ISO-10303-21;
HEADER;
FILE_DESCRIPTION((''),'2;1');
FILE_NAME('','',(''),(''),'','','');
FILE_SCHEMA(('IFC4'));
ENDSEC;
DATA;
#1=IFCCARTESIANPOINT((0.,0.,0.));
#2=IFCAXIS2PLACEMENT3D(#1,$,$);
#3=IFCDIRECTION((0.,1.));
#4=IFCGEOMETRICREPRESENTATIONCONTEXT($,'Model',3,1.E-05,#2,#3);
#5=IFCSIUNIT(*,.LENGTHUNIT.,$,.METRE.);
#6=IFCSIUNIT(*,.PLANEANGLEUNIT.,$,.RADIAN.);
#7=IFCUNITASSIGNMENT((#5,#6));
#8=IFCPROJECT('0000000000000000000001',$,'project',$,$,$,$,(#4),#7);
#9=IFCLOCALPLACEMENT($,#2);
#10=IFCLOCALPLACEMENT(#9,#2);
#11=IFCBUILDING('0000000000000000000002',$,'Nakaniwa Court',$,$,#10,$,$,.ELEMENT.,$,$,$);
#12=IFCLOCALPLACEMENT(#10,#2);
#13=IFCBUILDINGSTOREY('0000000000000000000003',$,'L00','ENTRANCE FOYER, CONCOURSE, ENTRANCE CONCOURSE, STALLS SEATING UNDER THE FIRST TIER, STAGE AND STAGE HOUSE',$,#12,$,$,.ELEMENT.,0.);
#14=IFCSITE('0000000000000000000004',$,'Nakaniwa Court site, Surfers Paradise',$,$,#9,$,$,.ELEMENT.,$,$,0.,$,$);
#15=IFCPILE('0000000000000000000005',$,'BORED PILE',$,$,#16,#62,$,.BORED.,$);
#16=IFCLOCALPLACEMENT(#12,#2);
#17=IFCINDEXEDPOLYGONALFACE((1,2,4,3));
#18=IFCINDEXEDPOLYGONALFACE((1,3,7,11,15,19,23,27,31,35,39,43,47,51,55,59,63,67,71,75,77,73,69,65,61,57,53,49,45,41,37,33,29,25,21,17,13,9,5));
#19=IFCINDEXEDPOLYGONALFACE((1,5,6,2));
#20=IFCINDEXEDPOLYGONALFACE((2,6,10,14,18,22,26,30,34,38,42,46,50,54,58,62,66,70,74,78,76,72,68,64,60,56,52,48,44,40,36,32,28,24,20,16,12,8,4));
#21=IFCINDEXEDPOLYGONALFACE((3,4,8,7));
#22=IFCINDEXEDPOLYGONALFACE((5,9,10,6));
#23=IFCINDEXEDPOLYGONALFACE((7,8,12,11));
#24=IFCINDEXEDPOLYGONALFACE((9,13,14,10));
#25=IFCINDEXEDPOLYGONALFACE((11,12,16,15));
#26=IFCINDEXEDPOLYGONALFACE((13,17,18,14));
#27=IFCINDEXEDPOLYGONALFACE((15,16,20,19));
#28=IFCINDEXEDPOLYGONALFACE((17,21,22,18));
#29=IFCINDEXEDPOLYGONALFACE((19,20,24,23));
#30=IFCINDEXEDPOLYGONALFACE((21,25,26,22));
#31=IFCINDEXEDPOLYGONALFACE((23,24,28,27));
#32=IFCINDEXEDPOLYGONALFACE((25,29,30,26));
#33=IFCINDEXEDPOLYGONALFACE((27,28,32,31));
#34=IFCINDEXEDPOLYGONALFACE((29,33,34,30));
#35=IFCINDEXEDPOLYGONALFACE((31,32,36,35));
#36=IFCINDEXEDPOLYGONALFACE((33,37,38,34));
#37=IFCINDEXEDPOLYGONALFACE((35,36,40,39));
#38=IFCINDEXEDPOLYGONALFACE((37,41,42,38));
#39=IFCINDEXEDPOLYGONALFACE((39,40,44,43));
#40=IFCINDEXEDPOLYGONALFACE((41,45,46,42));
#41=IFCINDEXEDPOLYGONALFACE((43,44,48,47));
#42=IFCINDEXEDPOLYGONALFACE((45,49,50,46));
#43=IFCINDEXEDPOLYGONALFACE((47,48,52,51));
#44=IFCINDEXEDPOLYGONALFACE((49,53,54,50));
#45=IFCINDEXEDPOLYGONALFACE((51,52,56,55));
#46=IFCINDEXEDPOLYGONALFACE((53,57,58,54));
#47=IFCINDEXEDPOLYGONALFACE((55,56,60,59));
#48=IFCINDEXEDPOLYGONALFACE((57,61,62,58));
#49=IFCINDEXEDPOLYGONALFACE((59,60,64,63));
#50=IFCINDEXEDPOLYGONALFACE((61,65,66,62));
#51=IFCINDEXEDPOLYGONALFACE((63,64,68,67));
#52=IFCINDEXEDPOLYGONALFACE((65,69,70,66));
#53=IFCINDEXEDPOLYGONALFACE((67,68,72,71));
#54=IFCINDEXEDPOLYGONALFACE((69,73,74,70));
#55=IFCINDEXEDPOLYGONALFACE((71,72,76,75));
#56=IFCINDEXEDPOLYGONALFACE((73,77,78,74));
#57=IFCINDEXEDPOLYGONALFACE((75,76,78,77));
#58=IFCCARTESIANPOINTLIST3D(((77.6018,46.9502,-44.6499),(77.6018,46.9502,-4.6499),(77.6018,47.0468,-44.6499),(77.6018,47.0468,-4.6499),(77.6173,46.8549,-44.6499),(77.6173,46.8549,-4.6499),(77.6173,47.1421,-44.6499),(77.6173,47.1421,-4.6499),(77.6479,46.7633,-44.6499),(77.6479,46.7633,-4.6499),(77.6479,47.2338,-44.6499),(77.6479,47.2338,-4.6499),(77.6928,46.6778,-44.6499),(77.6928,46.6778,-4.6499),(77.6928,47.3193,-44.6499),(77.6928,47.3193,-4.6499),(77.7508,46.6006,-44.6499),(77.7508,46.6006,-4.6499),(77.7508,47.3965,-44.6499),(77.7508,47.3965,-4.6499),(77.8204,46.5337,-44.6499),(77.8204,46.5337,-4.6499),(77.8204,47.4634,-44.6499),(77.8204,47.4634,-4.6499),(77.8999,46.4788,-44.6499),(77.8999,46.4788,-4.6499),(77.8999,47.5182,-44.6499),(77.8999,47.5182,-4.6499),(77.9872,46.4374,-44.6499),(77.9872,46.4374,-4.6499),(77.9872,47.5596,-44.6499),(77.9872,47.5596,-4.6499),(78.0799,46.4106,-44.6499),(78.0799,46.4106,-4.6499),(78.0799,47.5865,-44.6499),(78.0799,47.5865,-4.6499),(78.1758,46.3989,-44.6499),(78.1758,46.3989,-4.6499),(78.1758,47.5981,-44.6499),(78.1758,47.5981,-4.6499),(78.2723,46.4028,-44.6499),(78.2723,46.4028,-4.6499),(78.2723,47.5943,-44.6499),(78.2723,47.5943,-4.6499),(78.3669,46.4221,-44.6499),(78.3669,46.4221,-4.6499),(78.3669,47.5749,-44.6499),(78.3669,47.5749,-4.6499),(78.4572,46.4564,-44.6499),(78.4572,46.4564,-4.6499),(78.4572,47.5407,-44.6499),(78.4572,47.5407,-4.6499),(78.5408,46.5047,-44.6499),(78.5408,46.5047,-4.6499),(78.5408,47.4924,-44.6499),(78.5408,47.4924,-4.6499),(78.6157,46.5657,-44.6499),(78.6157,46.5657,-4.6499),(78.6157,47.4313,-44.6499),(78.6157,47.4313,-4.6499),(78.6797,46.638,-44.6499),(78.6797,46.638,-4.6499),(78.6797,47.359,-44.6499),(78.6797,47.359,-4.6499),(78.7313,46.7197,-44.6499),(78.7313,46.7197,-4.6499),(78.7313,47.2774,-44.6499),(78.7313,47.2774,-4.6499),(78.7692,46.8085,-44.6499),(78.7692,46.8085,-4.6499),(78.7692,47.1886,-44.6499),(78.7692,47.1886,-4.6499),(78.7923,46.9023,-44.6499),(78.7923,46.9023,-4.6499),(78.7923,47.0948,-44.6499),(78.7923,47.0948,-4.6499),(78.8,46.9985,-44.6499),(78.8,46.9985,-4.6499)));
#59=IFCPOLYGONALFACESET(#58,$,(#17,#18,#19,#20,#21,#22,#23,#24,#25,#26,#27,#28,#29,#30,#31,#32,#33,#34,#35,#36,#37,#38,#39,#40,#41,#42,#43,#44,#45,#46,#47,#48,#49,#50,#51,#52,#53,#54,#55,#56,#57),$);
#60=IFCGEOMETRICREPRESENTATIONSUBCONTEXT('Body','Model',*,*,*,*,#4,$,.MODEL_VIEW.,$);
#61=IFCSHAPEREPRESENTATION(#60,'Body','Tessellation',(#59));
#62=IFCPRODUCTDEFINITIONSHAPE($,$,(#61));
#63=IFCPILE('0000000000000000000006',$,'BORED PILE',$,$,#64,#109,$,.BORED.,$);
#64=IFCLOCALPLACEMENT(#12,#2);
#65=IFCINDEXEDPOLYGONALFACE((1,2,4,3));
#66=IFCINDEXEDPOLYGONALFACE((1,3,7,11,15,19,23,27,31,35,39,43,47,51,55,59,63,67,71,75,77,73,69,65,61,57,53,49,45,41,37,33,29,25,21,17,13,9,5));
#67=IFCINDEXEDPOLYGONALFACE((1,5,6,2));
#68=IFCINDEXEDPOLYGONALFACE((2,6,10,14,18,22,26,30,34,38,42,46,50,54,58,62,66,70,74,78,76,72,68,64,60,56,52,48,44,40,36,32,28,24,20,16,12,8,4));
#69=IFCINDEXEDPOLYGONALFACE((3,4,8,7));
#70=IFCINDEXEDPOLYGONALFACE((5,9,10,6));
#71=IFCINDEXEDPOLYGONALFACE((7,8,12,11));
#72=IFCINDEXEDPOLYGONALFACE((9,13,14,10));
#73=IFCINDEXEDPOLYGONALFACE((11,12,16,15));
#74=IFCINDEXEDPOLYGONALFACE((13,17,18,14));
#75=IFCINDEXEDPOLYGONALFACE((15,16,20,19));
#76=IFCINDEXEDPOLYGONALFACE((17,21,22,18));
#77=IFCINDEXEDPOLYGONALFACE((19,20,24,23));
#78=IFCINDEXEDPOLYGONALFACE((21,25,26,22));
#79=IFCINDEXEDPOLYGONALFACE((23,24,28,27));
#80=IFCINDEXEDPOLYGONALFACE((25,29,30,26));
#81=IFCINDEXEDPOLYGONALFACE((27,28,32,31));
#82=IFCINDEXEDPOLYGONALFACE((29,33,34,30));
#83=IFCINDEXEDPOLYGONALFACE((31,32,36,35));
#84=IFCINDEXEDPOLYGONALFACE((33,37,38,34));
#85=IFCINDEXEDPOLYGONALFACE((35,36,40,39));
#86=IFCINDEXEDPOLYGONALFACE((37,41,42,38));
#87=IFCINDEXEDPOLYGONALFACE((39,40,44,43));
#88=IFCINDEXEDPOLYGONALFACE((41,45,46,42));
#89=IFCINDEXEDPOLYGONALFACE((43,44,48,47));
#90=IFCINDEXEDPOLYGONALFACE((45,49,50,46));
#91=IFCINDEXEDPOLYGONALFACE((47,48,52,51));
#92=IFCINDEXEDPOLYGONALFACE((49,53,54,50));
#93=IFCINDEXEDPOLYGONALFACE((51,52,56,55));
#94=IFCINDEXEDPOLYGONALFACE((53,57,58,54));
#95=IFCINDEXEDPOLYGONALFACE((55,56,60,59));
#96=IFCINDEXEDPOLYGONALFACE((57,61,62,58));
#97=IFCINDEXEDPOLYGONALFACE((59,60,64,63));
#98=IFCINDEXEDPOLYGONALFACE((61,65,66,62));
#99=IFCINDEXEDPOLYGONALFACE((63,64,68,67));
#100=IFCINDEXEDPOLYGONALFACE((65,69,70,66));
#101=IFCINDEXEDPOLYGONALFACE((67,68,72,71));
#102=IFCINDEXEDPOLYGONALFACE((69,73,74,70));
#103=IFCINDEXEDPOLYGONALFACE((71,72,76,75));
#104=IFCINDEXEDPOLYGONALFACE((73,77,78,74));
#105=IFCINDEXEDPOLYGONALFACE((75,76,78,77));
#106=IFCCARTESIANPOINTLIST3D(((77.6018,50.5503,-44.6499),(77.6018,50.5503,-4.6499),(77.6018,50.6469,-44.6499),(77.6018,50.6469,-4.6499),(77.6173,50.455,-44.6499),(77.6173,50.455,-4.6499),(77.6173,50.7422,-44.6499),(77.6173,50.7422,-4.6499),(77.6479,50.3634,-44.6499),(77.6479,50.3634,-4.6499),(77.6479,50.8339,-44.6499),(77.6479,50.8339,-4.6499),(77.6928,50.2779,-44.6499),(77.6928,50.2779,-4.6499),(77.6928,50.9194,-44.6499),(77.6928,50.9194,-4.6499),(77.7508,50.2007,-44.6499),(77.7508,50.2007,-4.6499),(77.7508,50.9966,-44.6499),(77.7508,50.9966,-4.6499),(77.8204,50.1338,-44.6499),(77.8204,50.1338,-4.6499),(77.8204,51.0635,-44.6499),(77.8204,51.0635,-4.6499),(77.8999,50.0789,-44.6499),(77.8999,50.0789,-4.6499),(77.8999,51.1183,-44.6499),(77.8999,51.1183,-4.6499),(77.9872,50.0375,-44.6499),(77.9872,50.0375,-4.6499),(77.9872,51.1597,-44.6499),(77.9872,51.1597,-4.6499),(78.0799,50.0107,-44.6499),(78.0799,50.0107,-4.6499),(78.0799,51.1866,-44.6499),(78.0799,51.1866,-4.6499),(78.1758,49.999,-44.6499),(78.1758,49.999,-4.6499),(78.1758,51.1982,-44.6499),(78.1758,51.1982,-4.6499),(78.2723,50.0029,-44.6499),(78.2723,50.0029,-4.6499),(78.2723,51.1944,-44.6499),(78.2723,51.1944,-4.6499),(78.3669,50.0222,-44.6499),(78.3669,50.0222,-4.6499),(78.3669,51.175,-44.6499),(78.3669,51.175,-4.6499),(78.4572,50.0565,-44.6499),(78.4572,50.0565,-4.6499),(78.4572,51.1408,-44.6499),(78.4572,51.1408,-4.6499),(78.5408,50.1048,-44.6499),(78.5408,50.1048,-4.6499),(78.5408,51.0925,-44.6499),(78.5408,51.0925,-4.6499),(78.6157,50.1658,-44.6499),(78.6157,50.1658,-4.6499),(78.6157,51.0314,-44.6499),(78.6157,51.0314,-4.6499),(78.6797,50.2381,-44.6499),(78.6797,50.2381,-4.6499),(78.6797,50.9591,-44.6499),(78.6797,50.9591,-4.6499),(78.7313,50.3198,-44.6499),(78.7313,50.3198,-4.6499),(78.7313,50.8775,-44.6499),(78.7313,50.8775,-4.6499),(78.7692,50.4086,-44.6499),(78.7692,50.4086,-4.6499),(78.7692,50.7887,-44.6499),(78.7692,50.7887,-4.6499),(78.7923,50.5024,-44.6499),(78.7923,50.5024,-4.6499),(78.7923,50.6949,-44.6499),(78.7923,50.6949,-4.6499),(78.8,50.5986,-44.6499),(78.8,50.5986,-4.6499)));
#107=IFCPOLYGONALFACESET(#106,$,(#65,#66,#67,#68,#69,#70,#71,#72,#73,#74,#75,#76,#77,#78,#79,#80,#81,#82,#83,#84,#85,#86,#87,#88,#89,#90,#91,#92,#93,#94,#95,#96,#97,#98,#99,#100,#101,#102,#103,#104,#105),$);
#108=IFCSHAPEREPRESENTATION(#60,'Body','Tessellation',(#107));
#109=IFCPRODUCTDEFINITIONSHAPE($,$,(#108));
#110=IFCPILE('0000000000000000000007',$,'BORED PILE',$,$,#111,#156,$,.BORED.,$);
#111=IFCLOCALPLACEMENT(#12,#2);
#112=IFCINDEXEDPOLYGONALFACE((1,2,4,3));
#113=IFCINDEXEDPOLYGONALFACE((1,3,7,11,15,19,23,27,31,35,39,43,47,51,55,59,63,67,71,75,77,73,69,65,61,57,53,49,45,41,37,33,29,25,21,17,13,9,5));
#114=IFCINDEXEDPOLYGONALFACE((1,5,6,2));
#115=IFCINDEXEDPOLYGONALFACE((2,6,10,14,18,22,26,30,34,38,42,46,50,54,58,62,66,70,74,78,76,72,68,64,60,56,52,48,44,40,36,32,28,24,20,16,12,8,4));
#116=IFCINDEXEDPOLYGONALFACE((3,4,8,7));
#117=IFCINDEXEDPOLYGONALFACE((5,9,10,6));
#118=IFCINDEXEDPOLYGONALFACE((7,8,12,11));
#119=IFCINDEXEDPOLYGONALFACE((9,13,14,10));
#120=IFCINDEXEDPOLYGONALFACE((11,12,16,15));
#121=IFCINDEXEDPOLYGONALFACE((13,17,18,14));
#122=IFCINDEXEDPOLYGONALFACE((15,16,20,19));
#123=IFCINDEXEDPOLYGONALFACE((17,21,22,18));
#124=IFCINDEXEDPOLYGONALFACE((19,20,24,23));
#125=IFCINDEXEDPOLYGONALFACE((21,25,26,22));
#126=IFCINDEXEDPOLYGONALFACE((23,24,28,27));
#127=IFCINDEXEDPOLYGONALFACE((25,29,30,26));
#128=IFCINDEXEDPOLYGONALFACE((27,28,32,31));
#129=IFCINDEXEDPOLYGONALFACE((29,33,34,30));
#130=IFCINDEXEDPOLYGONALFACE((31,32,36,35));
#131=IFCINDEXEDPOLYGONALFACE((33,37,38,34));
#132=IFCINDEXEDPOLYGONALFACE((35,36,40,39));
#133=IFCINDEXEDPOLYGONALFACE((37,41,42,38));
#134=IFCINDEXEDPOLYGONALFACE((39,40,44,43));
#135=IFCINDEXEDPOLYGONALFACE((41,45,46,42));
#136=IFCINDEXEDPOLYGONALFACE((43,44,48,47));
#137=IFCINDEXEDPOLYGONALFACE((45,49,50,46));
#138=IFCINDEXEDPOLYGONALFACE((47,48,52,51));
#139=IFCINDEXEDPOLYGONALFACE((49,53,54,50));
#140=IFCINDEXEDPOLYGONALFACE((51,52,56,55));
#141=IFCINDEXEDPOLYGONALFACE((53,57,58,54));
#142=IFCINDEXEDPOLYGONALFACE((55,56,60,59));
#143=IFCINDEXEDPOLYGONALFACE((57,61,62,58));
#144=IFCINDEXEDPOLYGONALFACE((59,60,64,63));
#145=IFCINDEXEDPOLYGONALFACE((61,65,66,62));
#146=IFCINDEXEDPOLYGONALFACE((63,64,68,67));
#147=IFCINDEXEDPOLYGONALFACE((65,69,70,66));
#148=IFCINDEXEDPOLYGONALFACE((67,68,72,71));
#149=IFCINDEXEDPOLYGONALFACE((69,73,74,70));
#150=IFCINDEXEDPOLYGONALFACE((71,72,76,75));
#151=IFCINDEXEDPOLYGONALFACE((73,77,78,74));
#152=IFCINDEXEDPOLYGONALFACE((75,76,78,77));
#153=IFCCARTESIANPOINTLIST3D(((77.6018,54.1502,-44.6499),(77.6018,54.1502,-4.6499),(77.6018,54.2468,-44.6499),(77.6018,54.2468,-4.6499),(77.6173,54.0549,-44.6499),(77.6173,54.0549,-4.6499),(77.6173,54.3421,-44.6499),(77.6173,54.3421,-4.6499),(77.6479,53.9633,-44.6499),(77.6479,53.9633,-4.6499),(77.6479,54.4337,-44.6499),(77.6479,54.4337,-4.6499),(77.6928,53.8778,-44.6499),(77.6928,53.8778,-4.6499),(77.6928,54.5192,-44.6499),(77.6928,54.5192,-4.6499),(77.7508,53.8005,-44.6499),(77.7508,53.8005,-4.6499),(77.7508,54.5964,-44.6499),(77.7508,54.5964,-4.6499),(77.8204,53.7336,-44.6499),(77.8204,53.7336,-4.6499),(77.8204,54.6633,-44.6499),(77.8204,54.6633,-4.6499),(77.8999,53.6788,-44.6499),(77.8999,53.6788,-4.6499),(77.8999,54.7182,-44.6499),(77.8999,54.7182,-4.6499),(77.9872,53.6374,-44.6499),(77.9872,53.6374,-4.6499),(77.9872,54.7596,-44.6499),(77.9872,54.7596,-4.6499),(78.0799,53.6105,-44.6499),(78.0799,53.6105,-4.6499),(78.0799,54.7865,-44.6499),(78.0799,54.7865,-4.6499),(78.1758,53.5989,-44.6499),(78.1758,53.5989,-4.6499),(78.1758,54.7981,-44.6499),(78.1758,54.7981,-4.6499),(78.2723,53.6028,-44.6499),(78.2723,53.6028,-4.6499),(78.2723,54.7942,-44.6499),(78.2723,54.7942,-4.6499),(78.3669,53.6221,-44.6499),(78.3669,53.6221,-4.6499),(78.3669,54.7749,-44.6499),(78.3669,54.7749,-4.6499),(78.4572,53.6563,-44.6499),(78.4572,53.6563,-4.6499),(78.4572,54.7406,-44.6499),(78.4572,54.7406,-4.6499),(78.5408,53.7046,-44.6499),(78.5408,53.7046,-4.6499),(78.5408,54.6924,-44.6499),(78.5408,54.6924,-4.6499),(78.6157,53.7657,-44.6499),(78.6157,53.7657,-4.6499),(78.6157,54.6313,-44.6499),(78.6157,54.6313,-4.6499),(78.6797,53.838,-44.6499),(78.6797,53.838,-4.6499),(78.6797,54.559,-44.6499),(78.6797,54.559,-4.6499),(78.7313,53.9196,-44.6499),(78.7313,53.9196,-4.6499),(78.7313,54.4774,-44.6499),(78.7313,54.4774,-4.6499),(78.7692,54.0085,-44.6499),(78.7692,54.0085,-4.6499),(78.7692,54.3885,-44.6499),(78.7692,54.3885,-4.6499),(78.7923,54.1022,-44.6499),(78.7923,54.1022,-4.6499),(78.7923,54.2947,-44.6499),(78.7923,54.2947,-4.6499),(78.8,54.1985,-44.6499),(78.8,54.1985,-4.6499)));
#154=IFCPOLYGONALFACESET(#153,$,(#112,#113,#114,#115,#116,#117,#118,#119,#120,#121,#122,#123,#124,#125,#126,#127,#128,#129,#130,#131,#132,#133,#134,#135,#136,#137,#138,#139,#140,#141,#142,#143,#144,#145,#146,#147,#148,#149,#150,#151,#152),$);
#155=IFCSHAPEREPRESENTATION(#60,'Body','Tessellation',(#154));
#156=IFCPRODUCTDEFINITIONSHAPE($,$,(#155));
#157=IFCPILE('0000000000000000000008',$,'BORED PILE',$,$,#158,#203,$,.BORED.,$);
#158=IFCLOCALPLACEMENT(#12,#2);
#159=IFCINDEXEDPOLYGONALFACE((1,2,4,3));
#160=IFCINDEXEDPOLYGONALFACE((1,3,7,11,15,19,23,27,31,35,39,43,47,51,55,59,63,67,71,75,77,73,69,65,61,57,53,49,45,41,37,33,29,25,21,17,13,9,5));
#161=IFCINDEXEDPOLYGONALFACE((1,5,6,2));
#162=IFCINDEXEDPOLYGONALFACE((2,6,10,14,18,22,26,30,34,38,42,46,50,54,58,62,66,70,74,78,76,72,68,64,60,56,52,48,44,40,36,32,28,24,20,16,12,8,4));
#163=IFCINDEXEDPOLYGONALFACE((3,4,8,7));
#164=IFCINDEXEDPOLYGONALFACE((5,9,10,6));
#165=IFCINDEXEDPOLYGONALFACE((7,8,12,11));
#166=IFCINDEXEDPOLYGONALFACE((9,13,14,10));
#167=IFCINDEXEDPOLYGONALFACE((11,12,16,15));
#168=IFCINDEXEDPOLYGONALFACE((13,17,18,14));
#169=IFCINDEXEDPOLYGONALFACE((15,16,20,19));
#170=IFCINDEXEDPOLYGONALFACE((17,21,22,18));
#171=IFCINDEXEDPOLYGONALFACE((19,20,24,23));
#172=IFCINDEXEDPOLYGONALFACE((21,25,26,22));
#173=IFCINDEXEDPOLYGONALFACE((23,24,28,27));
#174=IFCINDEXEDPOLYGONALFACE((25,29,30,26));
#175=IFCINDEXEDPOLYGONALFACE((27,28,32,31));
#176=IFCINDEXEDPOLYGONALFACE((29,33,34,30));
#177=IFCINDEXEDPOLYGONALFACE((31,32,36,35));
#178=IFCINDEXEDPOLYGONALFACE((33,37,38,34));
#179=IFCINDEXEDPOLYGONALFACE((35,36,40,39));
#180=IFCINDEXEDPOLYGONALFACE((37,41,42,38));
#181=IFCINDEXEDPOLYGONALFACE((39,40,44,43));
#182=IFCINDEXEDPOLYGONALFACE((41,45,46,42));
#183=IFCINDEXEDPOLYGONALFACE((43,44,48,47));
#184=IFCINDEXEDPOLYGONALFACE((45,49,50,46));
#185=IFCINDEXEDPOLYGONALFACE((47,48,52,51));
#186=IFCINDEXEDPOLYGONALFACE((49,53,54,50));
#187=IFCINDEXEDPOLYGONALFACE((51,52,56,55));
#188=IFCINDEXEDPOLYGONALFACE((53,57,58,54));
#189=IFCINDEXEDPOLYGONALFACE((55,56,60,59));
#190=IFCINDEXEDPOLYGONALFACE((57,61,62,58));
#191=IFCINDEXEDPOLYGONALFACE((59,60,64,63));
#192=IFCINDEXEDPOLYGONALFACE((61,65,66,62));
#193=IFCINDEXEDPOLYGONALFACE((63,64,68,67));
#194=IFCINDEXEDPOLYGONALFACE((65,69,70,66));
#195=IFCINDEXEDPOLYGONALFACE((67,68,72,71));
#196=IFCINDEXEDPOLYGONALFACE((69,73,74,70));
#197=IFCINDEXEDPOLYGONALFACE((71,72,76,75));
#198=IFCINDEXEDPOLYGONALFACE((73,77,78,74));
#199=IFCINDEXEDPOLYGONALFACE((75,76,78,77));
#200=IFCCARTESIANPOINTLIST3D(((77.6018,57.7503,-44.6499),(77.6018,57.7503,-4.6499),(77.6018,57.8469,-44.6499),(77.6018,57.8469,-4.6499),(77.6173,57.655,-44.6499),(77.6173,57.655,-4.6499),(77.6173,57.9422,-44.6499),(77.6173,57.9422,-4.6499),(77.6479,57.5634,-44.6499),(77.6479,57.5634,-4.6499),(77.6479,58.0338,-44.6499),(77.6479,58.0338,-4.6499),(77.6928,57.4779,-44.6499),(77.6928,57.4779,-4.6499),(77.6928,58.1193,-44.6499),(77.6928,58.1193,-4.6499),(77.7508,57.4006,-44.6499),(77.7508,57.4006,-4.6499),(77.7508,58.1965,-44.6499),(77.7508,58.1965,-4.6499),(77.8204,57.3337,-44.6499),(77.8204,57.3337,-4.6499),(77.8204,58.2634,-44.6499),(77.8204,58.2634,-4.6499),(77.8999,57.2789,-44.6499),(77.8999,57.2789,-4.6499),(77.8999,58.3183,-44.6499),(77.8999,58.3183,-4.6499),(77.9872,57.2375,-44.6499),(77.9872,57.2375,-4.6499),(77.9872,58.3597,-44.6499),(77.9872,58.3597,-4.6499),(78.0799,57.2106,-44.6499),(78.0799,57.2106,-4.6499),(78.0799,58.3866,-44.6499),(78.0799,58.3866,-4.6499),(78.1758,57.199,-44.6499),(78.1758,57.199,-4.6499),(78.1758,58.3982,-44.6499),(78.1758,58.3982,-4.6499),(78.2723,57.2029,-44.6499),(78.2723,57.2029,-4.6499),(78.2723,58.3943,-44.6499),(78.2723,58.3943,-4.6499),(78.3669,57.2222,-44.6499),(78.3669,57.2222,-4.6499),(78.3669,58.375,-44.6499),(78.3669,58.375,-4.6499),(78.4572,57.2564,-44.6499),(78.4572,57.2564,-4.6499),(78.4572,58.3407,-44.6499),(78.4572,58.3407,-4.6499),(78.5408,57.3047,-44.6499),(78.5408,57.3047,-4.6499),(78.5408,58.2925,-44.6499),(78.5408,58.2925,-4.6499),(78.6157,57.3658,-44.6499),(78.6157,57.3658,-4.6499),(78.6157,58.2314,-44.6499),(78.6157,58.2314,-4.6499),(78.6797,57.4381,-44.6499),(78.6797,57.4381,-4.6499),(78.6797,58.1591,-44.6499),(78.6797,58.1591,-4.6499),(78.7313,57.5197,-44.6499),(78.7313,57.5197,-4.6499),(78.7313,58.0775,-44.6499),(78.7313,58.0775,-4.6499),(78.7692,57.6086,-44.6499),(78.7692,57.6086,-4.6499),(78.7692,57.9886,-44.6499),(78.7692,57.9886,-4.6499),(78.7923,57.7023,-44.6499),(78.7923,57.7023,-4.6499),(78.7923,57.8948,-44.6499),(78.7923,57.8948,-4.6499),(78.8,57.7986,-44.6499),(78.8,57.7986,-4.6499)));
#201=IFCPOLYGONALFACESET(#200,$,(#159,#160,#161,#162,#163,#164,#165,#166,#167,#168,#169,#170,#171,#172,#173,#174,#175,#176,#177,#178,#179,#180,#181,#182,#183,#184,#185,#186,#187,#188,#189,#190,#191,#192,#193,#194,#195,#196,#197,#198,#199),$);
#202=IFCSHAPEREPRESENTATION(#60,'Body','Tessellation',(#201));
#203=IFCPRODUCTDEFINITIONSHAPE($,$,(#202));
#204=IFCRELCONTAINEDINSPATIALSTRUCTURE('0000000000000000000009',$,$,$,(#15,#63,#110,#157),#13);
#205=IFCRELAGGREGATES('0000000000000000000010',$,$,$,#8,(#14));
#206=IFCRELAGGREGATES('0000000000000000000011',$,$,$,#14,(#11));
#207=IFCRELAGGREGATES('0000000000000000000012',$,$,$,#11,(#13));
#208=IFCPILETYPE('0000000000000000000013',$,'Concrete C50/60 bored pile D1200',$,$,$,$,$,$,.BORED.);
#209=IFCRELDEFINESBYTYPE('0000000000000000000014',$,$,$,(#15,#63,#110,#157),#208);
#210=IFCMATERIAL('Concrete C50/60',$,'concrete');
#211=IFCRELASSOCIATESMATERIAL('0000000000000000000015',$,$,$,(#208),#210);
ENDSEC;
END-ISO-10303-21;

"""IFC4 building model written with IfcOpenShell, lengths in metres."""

from ifc_helpers import new_model, si_unit, direction, frame, origin, origin_2d, place, context, subcontext, project, spatial, circle, extrude, material, material_profile, profile_set, type_object, element, save


model = new_model("IFC4")

# Units and contexts
model_context = context("Model", 3, precision=1e-05, world=origin(), true_north=direction((0.0, 1.0)))
body_context = subcontext(model_context, "Body", "Model", "MODEL_VIEW")
ifc_project = project(units=[si_unit("LENGTHUNIT", "METRE"), si_unit("PLANEANGLEUNIT", "RADIAN")], contexts=[model_context])

# Site, building, storey
site_placement = place(None, origin())
site = spatial("IfcSite", under=ifc_project, at=site_placement, Name="Nakaniwa Court site, Surfers Paradise", CompositionType="ELEMENT", RefElevation=0.0)
building_placement = place(site_placement, origin())
building = spatial("IfcBuilding", under=site, at=building_placement, Name="Nakaniwa Court", CompositionType="ELEMENT")
storey_placement = place(building_placement, origin())
storey = spatial("IfcBuildingStorey", under=building, at=storey_placement, Name="L00", Description="ENTRANCE FOYER, CONCOURSE, ENTRANCE CONCOURSE, STALLS SEATING UNDER THE FIRST TIER, STAGE AND STAGE HOUSE", CompositionType="ELEMENT", Elevation=0.0)

# Piles
ifc_material_1 = material(Name="Concrete C50/60", Category="concrete")
ifc_material_profile_1 = material_profile(ifc_material_1, circle(Radius=0.6001, at=origin_2d()), Name="Concrete C50/60 bored pile D1200")
ifc_profile_set_1 = profile_set([ifc_material_profile_1], Name="Concrete C50/60")
pile_type = type_object("IfcPileType", Name="Concrete C50/60 bored pile D1200", PredefinedType="BORED", material=ifc_profile_set_1)
for number, where, z_axis, x_axis, name in (
    (1, (78.2, 46.9985, -4.6499), (0.0, 0.0, -1.0), (1.0, 0.0, 0.0), "BORED PILE"),
    (2, (78.2, 50.5986, -4.6499), (0.0, 0.0, -1.0), (1.0, 0.0, 0.0), "BORED PILE"),
    (3, (78.2, 54.1985, -4.6499), (0.0, 0.0, -1.0), (1.0, 0.0, 0.0), "BORED PILE"),
    (4, (78.2, 57.7986, -4.6499), (0.0, 0.0, -1.0), (1.0, 0.0, 0.0), "BORED PILE"),
):
    element("IfcPile", number, at=place(storey_placement, frame(where, z_axis=z_axis, x_axis=x_axis)), inside=storey, type_object=pile_type, Name=name, PredefinedType="BORED", context=body_context, shape_type="SweptSolid", body=[
        extrude(circle(Radius=0.6001, at=origin_2d()), origin(), (0.0, 0.0, 1.0), 40.0),
    ])

save(model, "model.ifc")
